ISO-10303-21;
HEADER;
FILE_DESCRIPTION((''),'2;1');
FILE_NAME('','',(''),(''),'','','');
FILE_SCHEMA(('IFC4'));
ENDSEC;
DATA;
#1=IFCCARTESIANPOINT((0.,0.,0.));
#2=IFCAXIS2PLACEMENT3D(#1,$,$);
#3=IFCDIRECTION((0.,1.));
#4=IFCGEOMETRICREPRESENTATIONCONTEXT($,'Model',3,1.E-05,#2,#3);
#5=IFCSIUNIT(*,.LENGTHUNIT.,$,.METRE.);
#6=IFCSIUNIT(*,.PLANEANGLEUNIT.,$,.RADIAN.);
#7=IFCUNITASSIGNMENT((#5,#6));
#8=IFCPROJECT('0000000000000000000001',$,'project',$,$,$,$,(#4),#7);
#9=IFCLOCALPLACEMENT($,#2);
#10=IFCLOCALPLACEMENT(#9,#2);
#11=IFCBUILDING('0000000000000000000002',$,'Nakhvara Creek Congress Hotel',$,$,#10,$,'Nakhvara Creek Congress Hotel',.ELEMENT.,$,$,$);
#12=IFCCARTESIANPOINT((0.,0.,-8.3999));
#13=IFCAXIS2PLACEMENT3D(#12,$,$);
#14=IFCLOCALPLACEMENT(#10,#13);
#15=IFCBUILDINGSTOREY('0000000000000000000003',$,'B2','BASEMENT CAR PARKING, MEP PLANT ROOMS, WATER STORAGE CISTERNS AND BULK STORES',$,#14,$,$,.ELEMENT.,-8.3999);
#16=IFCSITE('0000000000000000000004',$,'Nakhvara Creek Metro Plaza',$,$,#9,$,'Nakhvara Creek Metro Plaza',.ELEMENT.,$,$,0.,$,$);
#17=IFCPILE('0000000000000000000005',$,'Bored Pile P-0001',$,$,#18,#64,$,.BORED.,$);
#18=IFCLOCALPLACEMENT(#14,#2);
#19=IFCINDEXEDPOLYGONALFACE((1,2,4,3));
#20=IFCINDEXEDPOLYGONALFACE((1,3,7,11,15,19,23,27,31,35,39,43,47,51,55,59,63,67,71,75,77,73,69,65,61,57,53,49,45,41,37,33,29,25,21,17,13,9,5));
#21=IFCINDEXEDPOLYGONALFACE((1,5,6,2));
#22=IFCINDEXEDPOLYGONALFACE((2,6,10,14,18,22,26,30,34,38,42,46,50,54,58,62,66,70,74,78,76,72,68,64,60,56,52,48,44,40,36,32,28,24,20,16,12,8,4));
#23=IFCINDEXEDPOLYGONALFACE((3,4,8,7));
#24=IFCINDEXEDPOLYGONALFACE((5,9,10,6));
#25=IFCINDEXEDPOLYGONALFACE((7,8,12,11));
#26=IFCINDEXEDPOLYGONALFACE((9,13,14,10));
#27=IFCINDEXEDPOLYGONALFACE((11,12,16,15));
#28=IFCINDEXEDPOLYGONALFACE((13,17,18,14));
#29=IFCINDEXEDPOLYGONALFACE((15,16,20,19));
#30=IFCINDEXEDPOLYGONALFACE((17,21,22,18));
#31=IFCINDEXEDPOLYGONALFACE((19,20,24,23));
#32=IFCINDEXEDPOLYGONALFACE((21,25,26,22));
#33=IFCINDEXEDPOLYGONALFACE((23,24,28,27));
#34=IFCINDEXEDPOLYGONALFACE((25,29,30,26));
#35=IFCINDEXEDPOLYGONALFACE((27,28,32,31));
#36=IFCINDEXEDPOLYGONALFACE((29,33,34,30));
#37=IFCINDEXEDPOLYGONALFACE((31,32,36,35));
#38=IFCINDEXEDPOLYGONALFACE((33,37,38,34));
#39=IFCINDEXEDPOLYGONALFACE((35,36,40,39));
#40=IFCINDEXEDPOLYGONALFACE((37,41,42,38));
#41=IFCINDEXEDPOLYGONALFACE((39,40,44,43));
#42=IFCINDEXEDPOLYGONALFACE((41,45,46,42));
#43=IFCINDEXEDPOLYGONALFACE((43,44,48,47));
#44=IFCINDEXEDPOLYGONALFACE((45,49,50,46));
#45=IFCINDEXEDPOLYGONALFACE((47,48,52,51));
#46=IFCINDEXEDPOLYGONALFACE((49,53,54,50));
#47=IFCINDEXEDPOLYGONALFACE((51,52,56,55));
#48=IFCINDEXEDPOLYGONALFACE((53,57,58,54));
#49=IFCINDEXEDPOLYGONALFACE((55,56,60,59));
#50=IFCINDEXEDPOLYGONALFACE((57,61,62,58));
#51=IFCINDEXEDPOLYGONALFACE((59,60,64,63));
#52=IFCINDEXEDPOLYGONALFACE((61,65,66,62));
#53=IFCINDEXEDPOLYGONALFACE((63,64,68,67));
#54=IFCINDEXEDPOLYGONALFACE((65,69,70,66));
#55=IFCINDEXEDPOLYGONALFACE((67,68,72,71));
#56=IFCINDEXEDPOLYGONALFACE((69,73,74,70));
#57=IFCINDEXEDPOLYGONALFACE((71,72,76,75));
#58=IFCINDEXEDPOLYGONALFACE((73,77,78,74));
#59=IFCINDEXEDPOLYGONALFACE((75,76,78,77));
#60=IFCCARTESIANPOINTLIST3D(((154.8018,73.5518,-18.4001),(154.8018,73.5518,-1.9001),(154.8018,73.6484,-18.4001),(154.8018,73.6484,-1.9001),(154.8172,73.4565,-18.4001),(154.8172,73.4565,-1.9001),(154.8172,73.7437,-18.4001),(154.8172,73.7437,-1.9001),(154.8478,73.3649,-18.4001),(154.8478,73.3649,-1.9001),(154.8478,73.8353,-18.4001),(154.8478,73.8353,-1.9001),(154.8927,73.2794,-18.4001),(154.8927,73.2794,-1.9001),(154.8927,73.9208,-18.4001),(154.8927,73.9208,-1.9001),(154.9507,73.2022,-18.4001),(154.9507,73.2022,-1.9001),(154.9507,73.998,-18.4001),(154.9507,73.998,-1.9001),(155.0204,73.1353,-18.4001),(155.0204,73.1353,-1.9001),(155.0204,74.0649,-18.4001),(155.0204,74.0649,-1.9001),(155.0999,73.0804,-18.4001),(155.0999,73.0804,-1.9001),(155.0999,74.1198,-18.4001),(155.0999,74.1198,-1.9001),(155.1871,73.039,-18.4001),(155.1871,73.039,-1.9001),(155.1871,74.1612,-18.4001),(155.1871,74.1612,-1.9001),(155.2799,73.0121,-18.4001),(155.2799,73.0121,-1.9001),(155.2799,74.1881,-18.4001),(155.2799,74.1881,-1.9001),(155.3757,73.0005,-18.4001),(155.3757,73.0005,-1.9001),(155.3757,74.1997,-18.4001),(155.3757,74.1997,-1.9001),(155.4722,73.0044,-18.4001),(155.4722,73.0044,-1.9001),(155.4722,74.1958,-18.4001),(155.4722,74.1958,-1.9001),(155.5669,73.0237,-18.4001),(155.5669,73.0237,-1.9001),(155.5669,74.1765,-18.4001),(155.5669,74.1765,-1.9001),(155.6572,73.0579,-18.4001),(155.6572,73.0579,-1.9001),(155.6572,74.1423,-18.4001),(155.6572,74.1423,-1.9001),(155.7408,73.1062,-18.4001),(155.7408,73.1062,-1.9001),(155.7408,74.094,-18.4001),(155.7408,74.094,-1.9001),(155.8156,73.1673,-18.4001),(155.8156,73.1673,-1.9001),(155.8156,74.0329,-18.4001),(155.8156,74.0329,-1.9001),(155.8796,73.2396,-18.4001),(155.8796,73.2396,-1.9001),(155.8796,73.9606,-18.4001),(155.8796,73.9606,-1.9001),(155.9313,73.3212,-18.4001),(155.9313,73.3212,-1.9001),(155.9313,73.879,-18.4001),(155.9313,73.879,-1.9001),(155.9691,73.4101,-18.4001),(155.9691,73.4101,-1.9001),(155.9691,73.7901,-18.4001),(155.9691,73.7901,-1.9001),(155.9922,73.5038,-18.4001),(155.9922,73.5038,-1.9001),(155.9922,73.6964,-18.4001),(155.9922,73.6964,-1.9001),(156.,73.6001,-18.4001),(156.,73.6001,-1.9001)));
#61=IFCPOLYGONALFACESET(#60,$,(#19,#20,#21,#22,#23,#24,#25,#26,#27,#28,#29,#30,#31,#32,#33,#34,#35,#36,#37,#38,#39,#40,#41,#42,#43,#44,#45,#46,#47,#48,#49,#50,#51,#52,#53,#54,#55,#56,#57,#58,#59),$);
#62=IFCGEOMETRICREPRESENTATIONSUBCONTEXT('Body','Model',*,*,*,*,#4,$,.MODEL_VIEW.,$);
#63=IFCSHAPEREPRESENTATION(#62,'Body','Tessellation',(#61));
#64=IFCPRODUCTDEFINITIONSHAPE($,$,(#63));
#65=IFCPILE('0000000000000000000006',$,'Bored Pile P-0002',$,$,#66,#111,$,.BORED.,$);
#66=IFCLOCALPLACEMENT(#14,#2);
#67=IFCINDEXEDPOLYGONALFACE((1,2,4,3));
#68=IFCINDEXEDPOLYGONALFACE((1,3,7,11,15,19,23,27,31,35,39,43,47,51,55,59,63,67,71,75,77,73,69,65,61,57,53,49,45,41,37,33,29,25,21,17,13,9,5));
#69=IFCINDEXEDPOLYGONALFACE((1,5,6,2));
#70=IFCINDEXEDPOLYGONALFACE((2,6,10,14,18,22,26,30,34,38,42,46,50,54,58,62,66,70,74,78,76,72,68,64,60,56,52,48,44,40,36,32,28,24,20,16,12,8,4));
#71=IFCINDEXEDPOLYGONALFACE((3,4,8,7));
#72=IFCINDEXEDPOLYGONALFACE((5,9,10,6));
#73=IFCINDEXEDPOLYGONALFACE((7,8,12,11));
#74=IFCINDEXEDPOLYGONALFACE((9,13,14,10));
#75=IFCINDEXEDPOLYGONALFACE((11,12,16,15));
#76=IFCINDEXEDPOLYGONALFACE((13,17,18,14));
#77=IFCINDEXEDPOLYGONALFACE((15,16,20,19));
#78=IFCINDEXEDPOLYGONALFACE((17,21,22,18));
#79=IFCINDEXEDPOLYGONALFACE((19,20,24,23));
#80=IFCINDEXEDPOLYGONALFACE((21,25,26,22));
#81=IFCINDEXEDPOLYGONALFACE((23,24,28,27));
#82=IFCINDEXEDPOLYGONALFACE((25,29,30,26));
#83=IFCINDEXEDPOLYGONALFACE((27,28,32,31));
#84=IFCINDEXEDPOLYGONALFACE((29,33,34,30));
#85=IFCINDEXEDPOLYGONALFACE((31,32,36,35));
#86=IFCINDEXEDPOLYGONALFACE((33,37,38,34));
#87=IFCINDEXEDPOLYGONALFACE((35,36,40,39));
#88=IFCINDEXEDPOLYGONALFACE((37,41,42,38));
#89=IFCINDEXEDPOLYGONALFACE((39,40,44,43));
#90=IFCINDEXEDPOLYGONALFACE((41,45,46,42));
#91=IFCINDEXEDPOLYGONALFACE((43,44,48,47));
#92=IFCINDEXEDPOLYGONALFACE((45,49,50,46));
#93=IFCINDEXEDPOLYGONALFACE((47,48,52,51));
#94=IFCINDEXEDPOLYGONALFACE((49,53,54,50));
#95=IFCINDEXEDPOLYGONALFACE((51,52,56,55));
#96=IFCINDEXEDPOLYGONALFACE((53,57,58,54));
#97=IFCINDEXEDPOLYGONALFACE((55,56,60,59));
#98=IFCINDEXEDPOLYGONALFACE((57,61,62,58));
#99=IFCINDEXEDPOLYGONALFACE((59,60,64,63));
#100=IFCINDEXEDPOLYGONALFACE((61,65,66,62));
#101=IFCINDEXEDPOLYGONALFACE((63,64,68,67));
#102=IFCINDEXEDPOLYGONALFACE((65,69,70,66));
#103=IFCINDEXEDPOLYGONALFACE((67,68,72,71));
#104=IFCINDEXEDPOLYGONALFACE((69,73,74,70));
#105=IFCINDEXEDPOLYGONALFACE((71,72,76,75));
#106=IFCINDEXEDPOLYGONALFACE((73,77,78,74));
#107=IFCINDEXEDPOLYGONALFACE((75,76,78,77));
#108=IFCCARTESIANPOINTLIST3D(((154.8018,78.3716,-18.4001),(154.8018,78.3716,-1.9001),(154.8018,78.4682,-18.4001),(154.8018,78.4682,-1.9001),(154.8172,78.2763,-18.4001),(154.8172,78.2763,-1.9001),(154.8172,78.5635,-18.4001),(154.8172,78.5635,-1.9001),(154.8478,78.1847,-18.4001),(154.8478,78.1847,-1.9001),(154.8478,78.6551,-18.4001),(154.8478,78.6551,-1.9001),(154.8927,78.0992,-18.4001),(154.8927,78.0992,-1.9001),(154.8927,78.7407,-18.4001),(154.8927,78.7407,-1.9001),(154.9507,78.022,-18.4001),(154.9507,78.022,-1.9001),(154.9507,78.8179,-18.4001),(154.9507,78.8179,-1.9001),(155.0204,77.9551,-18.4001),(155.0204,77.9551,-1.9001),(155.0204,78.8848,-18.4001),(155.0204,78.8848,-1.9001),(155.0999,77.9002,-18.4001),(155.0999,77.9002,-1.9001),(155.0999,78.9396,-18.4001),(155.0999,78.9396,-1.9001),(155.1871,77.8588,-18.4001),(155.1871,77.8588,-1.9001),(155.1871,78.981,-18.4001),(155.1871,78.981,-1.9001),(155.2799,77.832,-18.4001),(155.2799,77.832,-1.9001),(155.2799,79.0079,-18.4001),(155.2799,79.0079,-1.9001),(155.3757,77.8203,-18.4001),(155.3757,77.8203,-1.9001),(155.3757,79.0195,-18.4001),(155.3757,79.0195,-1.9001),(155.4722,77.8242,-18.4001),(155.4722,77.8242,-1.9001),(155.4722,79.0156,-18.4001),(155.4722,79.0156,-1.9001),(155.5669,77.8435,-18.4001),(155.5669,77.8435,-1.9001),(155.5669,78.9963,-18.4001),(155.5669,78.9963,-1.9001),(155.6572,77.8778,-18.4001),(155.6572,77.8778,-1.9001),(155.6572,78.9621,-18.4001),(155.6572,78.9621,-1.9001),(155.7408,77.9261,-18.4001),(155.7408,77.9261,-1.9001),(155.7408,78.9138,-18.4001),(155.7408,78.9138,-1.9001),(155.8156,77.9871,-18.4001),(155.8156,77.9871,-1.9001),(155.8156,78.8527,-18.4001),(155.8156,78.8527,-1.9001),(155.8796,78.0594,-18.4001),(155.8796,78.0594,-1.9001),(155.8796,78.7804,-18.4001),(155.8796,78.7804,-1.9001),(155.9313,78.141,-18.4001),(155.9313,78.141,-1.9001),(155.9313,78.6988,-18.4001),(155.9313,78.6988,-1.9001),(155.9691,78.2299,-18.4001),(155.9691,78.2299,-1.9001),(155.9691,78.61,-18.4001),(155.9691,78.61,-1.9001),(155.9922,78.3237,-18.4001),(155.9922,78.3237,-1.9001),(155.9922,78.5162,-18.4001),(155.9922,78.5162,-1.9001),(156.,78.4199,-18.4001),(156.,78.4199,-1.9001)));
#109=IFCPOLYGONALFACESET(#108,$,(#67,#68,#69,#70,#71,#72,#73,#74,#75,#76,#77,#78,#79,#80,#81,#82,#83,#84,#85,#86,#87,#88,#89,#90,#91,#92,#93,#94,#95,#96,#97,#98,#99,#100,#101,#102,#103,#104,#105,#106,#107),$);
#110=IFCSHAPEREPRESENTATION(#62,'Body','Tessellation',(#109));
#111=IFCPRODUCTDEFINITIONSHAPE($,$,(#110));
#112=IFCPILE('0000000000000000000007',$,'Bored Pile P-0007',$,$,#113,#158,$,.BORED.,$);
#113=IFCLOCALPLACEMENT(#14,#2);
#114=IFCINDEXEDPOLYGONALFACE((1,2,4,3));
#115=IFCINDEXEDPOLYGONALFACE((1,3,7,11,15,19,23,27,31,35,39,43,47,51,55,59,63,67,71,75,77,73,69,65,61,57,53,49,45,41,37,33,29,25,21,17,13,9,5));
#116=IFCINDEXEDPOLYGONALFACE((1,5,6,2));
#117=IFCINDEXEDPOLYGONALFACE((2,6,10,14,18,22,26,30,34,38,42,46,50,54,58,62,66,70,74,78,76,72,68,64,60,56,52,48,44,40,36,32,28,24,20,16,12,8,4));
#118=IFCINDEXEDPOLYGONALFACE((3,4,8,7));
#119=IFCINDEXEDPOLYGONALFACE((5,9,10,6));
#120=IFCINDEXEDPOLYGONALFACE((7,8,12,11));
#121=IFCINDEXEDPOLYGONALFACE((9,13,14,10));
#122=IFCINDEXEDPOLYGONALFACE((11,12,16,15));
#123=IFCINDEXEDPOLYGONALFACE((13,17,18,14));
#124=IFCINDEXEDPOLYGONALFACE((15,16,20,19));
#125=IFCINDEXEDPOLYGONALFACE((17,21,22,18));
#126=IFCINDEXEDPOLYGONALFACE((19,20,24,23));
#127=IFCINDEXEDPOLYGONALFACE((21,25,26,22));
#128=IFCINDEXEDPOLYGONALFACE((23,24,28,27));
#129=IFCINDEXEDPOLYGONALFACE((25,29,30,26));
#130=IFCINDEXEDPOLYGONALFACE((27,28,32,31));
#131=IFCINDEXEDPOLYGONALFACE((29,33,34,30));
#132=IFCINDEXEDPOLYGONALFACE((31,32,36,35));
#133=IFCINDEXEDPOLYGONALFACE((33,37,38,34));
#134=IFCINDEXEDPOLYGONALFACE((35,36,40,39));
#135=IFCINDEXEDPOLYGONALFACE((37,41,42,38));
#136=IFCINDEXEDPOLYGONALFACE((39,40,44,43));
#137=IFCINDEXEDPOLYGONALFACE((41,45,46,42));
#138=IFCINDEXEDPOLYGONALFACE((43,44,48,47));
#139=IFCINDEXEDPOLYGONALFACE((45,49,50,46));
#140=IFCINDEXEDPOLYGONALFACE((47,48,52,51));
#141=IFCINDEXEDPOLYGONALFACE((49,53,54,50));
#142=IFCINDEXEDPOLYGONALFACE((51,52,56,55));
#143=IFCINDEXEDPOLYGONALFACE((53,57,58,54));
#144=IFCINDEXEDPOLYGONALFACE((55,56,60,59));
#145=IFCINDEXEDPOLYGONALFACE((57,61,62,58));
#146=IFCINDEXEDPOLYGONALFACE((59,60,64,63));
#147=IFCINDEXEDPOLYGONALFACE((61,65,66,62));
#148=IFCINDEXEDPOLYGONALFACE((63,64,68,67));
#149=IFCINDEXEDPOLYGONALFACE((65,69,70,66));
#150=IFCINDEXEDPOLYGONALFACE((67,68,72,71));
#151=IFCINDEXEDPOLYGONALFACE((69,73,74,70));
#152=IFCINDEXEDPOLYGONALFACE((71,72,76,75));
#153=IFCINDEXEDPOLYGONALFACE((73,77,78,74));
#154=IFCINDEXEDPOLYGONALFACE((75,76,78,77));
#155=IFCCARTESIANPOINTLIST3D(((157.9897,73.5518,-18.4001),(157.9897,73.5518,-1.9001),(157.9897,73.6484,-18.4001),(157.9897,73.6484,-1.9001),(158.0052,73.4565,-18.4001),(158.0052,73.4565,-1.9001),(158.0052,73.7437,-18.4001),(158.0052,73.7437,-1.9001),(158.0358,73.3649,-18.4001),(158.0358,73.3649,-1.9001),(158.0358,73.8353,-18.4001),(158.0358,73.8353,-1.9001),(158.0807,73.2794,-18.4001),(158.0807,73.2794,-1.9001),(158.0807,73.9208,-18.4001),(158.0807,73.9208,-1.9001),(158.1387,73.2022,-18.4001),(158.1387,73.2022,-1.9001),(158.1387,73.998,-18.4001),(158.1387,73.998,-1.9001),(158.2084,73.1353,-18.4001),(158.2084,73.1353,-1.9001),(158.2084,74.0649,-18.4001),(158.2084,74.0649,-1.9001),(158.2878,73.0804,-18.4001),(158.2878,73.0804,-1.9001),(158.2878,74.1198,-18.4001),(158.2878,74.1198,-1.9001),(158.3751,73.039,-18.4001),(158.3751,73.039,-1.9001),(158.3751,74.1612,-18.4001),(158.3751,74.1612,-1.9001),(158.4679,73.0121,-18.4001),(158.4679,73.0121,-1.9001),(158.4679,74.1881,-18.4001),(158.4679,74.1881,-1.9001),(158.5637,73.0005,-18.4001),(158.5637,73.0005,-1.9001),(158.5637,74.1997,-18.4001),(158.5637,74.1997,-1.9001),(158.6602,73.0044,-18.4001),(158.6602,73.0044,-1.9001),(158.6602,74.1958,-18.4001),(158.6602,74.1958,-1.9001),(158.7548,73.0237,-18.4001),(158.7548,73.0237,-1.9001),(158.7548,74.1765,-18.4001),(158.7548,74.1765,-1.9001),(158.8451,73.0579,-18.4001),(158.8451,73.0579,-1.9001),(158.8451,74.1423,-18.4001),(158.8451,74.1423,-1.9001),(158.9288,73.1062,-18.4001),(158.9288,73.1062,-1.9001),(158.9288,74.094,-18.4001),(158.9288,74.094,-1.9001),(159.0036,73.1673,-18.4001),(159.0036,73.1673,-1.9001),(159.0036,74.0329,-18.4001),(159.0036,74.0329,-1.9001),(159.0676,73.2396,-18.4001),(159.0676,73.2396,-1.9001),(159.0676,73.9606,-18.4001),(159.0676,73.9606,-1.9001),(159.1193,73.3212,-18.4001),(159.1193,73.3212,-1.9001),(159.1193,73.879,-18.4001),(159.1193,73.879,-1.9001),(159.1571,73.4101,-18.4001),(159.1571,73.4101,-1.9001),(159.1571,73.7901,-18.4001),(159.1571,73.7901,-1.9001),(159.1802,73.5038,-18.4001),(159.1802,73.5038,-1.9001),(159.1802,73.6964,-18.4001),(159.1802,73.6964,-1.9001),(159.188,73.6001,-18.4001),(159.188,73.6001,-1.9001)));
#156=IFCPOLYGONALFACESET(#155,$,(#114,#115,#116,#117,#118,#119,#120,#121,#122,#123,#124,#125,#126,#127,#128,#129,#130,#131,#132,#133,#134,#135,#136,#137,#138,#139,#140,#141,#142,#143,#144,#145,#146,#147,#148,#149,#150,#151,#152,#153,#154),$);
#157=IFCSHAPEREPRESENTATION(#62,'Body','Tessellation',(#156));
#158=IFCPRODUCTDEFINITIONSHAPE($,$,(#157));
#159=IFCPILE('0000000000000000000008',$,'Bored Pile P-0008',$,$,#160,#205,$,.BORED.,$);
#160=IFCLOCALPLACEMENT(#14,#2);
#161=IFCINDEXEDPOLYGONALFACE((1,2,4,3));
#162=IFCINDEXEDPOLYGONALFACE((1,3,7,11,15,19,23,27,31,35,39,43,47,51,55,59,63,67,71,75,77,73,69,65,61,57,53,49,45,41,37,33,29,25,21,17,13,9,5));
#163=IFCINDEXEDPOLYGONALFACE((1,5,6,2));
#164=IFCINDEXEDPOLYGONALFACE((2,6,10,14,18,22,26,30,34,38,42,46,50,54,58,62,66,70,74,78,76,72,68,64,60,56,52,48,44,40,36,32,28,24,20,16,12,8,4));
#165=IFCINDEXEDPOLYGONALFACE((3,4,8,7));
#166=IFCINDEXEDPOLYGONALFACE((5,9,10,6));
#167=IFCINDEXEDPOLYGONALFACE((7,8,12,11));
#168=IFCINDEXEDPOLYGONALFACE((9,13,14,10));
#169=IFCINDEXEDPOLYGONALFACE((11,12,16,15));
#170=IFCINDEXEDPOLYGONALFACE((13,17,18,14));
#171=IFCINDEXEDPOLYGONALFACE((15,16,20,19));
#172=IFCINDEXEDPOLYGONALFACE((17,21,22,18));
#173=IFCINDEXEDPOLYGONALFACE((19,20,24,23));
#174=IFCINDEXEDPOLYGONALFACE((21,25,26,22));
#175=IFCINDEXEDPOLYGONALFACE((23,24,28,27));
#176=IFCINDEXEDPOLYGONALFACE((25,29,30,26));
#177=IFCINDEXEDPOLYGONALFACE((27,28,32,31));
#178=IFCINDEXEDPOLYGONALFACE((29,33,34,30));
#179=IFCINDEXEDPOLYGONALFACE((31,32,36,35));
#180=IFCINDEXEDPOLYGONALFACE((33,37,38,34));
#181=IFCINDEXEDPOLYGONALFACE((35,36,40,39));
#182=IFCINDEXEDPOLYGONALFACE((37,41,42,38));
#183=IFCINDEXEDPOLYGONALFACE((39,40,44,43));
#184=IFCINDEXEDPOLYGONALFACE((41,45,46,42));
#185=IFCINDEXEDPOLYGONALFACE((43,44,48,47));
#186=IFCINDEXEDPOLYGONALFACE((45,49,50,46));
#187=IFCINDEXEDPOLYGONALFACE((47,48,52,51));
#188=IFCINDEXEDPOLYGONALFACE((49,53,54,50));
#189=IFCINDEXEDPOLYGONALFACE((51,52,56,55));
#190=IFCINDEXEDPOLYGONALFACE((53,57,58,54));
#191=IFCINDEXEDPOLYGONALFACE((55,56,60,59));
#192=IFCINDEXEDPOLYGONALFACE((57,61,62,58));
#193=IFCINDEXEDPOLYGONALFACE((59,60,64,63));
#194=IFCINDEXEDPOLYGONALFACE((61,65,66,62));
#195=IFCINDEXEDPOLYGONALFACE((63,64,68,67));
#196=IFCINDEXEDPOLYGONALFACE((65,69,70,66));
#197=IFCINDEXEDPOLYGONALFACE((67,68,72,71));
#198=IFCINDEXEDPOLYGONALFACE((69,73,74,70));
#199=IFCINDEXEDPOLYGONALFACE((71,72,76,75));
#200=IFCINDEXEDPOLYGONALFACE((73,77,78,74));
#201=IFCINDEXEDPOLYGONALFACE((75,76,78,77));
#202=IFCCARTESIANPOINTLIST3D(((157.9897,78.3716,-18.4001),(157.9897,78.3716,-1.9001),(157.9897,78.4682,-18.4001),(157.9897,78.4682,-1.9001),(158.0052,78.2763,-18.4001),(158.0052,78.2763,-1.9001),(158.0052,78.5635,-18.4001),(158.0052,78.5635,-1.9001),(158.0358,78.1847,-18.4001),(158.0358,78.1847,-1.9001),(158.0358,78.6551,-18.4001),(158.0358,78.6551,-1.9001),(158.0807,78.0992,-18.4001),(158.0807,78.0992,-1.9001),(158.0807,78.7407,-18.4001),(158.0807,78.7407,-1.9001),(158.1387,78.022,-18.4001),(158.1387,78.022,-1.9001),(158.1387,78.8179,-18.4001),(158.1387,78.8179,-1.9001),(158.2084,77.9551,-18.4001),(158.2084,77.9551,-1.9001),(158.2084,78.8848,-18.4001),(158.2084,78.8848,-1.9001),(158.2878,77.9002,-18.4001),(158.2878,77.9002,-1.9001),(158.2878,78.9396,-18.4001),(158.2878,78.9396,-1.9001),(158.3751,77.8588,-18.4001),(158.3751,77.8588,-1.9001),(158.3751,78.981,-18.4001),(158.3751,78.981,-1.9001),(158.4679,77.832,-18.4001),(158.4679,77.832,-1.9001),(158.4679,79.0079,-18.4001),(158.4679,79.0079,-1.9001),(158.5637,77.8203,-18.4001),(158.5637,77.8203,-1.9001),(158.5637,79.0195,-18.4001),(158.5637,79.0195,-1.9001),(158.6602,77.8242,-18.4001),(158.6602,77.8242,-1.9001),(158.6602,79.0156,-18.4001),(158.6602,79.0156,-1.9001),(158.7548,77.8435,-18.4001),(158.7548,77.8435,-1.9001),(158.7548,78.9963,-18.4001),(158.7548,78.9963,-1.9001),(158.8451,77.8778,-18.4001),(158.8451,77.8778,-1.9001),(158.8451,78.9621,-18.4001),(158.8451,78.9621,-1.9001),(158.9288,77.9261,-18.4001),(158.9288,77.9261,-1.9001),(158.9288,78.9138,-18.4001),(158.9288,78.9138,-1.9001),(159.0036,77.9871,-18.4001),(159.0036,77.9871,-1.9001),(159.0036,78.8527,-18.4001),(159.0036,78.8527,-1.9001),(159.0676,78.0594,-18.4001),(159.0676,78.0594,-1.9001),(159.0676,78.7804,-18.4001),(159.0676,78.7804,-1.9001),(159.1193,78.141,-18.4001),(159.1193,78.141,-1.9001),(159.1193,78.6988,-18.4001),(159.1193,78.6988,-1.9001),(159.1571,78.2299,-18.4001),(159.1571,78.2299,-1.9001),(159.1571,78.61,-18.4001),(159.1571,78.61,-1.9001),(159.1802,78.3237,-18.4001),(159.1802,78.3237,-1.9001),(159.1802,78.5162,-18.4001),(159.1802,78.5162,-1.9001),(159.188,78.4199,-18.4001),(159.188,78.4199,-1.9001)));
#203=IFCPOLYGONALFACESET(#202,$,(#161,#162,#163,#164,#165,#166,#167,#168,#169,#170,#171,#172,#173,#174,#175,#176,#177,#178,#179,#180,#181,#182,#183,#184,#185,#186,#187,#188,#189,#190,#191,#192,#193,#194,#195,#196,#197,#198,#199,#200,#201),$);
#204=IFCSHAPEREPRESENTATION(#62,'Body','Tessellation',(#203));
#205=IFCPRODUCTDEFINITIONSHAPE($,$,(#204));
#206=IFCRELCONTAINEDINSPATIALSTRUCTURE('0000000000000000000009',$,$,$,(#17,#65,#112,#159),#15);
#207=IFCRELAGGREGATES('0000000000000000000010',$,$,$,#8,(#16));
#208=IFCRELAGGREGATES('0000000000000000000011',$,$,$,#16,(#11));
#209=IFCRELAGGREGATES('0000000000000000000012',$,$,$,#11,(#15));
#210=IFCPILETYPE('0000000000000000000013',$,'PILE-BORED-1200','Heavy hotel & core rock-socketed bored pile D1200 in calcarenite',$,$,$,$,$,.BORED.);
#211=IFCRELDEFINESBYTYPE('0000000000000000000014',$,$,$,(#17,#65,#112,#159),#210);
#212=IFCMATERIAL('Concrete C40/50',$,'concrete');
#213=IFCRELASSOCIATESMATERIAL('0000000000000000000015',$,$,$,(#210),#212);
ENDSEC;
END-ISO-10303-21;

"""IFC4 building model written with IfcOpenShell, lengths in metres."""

from ifc_helpers import new_model, si_unit, direction, frame, origin, origin_2d, place, context, subcontext, project, spatial, circle, extrude, material, material_profile, profile_set, type_object, element, save


model = new_model("IFC4")

# Units and contexts
model_context = context("Model", 3, precision=1e-05, world=origin(), true_north=direction((0.0, 1.0)))
body_context = subcontext(model_context, "Body", "Model", "MODEL_VIEW")
ifc_project = project(units=[si_unit("LENGTHUNIT", "METRE"), si_unit("PLANEANGLEUNIT", "RADIAN")], contexts=[model_context])

# Site, building, storey
site_placement = place(None, origin())
site = spatial("IfcSite", under=ifc_project, at=site_placement, Name="Nakhvara Creek Metro Plaza", LongName="Nakhvara Creek Metro Plaza", CompositionType="ELEMENT", RefElevation=0.0)
building_placement = place(site_placement, origin())
building = spatial("IfcBuilding", under=site, at=building_placement, Name="Nakhvara Creek Congress Hotel", LongName="Nakhvara Creek Congress Hotel", CompositionType="ELEMENT")
storey_placement = place(building_placement, frame((0.0, 0.0, -8.3999)))
storey = spatial("IfcBuildingStorey", under=building, at=storey_placement, Name="B2", Description="BASEMENT CAR PARKING, MEP PLANT ROOMS, WATER STORAGE CISTERNS AND BULK STORES", CompositionType="ELEMENT", Elevation=-8.3999)

# Piles
ifc_material_1 = material(Name="Concrete C40/50", Category="concrete")
ifc_material_profile_1 = material_profile(ifc_material_1, circle(Radius=0.6001, at=origin_2d()), Name="BORED PILE D1200", Category="LoadBearing")
ifc_profile_set_1 = profile_set([ifc_material_profile_1], Name="Concrete C40/50")
pile_type = type_object("IfcPileType", Name="PILE-BORED-1200", Description="Heavy hotel & core rock-socketed bored pile D1200 in calcarenite", PredefinedType="BORED", material=ifc_profile_set_1)
for number, where, z_axis, x_axis, name in (
    (1, (155.3999, 73.6001, -1.9001), (0.0, 0.0, -1.0), (1.0, 0.0, 0.0), "Bored Pile P-0001"),
    (2, (155.3999, 78.4199, -1.9001), (0.0, 0.0, -1.0), (1.0, 0.0, 0.0), "Bored Pile P-0002"),
    (3, (158.5879, 73.6001, -1.9001), (0.0, 0.0, -1.0), (1.0, 0.0, 0.0), "Bored Pile P-0007"),
    (4, (158.5879, 78.4199, -1.9001), (0.0, 0.0, -1.0), (1.0, 0.0, 0.0), "Bored Pile P-0008"),
):
    element("IfcPile", number, at=place(storey_placement, frame(where, z_axis=z_axis, x_axis=x_axis)), inside=storey, type_object=pile_type, Name=name, PredefinedType="BORED", context=body_context, shape_type="SweptSolid", body=[
        extrude(circle(Radius=0.6001, at=origin_2d()), origin(), (0.0, 0.0, 1.0), 16.5),
    ])

save(model, "model.ifc")
